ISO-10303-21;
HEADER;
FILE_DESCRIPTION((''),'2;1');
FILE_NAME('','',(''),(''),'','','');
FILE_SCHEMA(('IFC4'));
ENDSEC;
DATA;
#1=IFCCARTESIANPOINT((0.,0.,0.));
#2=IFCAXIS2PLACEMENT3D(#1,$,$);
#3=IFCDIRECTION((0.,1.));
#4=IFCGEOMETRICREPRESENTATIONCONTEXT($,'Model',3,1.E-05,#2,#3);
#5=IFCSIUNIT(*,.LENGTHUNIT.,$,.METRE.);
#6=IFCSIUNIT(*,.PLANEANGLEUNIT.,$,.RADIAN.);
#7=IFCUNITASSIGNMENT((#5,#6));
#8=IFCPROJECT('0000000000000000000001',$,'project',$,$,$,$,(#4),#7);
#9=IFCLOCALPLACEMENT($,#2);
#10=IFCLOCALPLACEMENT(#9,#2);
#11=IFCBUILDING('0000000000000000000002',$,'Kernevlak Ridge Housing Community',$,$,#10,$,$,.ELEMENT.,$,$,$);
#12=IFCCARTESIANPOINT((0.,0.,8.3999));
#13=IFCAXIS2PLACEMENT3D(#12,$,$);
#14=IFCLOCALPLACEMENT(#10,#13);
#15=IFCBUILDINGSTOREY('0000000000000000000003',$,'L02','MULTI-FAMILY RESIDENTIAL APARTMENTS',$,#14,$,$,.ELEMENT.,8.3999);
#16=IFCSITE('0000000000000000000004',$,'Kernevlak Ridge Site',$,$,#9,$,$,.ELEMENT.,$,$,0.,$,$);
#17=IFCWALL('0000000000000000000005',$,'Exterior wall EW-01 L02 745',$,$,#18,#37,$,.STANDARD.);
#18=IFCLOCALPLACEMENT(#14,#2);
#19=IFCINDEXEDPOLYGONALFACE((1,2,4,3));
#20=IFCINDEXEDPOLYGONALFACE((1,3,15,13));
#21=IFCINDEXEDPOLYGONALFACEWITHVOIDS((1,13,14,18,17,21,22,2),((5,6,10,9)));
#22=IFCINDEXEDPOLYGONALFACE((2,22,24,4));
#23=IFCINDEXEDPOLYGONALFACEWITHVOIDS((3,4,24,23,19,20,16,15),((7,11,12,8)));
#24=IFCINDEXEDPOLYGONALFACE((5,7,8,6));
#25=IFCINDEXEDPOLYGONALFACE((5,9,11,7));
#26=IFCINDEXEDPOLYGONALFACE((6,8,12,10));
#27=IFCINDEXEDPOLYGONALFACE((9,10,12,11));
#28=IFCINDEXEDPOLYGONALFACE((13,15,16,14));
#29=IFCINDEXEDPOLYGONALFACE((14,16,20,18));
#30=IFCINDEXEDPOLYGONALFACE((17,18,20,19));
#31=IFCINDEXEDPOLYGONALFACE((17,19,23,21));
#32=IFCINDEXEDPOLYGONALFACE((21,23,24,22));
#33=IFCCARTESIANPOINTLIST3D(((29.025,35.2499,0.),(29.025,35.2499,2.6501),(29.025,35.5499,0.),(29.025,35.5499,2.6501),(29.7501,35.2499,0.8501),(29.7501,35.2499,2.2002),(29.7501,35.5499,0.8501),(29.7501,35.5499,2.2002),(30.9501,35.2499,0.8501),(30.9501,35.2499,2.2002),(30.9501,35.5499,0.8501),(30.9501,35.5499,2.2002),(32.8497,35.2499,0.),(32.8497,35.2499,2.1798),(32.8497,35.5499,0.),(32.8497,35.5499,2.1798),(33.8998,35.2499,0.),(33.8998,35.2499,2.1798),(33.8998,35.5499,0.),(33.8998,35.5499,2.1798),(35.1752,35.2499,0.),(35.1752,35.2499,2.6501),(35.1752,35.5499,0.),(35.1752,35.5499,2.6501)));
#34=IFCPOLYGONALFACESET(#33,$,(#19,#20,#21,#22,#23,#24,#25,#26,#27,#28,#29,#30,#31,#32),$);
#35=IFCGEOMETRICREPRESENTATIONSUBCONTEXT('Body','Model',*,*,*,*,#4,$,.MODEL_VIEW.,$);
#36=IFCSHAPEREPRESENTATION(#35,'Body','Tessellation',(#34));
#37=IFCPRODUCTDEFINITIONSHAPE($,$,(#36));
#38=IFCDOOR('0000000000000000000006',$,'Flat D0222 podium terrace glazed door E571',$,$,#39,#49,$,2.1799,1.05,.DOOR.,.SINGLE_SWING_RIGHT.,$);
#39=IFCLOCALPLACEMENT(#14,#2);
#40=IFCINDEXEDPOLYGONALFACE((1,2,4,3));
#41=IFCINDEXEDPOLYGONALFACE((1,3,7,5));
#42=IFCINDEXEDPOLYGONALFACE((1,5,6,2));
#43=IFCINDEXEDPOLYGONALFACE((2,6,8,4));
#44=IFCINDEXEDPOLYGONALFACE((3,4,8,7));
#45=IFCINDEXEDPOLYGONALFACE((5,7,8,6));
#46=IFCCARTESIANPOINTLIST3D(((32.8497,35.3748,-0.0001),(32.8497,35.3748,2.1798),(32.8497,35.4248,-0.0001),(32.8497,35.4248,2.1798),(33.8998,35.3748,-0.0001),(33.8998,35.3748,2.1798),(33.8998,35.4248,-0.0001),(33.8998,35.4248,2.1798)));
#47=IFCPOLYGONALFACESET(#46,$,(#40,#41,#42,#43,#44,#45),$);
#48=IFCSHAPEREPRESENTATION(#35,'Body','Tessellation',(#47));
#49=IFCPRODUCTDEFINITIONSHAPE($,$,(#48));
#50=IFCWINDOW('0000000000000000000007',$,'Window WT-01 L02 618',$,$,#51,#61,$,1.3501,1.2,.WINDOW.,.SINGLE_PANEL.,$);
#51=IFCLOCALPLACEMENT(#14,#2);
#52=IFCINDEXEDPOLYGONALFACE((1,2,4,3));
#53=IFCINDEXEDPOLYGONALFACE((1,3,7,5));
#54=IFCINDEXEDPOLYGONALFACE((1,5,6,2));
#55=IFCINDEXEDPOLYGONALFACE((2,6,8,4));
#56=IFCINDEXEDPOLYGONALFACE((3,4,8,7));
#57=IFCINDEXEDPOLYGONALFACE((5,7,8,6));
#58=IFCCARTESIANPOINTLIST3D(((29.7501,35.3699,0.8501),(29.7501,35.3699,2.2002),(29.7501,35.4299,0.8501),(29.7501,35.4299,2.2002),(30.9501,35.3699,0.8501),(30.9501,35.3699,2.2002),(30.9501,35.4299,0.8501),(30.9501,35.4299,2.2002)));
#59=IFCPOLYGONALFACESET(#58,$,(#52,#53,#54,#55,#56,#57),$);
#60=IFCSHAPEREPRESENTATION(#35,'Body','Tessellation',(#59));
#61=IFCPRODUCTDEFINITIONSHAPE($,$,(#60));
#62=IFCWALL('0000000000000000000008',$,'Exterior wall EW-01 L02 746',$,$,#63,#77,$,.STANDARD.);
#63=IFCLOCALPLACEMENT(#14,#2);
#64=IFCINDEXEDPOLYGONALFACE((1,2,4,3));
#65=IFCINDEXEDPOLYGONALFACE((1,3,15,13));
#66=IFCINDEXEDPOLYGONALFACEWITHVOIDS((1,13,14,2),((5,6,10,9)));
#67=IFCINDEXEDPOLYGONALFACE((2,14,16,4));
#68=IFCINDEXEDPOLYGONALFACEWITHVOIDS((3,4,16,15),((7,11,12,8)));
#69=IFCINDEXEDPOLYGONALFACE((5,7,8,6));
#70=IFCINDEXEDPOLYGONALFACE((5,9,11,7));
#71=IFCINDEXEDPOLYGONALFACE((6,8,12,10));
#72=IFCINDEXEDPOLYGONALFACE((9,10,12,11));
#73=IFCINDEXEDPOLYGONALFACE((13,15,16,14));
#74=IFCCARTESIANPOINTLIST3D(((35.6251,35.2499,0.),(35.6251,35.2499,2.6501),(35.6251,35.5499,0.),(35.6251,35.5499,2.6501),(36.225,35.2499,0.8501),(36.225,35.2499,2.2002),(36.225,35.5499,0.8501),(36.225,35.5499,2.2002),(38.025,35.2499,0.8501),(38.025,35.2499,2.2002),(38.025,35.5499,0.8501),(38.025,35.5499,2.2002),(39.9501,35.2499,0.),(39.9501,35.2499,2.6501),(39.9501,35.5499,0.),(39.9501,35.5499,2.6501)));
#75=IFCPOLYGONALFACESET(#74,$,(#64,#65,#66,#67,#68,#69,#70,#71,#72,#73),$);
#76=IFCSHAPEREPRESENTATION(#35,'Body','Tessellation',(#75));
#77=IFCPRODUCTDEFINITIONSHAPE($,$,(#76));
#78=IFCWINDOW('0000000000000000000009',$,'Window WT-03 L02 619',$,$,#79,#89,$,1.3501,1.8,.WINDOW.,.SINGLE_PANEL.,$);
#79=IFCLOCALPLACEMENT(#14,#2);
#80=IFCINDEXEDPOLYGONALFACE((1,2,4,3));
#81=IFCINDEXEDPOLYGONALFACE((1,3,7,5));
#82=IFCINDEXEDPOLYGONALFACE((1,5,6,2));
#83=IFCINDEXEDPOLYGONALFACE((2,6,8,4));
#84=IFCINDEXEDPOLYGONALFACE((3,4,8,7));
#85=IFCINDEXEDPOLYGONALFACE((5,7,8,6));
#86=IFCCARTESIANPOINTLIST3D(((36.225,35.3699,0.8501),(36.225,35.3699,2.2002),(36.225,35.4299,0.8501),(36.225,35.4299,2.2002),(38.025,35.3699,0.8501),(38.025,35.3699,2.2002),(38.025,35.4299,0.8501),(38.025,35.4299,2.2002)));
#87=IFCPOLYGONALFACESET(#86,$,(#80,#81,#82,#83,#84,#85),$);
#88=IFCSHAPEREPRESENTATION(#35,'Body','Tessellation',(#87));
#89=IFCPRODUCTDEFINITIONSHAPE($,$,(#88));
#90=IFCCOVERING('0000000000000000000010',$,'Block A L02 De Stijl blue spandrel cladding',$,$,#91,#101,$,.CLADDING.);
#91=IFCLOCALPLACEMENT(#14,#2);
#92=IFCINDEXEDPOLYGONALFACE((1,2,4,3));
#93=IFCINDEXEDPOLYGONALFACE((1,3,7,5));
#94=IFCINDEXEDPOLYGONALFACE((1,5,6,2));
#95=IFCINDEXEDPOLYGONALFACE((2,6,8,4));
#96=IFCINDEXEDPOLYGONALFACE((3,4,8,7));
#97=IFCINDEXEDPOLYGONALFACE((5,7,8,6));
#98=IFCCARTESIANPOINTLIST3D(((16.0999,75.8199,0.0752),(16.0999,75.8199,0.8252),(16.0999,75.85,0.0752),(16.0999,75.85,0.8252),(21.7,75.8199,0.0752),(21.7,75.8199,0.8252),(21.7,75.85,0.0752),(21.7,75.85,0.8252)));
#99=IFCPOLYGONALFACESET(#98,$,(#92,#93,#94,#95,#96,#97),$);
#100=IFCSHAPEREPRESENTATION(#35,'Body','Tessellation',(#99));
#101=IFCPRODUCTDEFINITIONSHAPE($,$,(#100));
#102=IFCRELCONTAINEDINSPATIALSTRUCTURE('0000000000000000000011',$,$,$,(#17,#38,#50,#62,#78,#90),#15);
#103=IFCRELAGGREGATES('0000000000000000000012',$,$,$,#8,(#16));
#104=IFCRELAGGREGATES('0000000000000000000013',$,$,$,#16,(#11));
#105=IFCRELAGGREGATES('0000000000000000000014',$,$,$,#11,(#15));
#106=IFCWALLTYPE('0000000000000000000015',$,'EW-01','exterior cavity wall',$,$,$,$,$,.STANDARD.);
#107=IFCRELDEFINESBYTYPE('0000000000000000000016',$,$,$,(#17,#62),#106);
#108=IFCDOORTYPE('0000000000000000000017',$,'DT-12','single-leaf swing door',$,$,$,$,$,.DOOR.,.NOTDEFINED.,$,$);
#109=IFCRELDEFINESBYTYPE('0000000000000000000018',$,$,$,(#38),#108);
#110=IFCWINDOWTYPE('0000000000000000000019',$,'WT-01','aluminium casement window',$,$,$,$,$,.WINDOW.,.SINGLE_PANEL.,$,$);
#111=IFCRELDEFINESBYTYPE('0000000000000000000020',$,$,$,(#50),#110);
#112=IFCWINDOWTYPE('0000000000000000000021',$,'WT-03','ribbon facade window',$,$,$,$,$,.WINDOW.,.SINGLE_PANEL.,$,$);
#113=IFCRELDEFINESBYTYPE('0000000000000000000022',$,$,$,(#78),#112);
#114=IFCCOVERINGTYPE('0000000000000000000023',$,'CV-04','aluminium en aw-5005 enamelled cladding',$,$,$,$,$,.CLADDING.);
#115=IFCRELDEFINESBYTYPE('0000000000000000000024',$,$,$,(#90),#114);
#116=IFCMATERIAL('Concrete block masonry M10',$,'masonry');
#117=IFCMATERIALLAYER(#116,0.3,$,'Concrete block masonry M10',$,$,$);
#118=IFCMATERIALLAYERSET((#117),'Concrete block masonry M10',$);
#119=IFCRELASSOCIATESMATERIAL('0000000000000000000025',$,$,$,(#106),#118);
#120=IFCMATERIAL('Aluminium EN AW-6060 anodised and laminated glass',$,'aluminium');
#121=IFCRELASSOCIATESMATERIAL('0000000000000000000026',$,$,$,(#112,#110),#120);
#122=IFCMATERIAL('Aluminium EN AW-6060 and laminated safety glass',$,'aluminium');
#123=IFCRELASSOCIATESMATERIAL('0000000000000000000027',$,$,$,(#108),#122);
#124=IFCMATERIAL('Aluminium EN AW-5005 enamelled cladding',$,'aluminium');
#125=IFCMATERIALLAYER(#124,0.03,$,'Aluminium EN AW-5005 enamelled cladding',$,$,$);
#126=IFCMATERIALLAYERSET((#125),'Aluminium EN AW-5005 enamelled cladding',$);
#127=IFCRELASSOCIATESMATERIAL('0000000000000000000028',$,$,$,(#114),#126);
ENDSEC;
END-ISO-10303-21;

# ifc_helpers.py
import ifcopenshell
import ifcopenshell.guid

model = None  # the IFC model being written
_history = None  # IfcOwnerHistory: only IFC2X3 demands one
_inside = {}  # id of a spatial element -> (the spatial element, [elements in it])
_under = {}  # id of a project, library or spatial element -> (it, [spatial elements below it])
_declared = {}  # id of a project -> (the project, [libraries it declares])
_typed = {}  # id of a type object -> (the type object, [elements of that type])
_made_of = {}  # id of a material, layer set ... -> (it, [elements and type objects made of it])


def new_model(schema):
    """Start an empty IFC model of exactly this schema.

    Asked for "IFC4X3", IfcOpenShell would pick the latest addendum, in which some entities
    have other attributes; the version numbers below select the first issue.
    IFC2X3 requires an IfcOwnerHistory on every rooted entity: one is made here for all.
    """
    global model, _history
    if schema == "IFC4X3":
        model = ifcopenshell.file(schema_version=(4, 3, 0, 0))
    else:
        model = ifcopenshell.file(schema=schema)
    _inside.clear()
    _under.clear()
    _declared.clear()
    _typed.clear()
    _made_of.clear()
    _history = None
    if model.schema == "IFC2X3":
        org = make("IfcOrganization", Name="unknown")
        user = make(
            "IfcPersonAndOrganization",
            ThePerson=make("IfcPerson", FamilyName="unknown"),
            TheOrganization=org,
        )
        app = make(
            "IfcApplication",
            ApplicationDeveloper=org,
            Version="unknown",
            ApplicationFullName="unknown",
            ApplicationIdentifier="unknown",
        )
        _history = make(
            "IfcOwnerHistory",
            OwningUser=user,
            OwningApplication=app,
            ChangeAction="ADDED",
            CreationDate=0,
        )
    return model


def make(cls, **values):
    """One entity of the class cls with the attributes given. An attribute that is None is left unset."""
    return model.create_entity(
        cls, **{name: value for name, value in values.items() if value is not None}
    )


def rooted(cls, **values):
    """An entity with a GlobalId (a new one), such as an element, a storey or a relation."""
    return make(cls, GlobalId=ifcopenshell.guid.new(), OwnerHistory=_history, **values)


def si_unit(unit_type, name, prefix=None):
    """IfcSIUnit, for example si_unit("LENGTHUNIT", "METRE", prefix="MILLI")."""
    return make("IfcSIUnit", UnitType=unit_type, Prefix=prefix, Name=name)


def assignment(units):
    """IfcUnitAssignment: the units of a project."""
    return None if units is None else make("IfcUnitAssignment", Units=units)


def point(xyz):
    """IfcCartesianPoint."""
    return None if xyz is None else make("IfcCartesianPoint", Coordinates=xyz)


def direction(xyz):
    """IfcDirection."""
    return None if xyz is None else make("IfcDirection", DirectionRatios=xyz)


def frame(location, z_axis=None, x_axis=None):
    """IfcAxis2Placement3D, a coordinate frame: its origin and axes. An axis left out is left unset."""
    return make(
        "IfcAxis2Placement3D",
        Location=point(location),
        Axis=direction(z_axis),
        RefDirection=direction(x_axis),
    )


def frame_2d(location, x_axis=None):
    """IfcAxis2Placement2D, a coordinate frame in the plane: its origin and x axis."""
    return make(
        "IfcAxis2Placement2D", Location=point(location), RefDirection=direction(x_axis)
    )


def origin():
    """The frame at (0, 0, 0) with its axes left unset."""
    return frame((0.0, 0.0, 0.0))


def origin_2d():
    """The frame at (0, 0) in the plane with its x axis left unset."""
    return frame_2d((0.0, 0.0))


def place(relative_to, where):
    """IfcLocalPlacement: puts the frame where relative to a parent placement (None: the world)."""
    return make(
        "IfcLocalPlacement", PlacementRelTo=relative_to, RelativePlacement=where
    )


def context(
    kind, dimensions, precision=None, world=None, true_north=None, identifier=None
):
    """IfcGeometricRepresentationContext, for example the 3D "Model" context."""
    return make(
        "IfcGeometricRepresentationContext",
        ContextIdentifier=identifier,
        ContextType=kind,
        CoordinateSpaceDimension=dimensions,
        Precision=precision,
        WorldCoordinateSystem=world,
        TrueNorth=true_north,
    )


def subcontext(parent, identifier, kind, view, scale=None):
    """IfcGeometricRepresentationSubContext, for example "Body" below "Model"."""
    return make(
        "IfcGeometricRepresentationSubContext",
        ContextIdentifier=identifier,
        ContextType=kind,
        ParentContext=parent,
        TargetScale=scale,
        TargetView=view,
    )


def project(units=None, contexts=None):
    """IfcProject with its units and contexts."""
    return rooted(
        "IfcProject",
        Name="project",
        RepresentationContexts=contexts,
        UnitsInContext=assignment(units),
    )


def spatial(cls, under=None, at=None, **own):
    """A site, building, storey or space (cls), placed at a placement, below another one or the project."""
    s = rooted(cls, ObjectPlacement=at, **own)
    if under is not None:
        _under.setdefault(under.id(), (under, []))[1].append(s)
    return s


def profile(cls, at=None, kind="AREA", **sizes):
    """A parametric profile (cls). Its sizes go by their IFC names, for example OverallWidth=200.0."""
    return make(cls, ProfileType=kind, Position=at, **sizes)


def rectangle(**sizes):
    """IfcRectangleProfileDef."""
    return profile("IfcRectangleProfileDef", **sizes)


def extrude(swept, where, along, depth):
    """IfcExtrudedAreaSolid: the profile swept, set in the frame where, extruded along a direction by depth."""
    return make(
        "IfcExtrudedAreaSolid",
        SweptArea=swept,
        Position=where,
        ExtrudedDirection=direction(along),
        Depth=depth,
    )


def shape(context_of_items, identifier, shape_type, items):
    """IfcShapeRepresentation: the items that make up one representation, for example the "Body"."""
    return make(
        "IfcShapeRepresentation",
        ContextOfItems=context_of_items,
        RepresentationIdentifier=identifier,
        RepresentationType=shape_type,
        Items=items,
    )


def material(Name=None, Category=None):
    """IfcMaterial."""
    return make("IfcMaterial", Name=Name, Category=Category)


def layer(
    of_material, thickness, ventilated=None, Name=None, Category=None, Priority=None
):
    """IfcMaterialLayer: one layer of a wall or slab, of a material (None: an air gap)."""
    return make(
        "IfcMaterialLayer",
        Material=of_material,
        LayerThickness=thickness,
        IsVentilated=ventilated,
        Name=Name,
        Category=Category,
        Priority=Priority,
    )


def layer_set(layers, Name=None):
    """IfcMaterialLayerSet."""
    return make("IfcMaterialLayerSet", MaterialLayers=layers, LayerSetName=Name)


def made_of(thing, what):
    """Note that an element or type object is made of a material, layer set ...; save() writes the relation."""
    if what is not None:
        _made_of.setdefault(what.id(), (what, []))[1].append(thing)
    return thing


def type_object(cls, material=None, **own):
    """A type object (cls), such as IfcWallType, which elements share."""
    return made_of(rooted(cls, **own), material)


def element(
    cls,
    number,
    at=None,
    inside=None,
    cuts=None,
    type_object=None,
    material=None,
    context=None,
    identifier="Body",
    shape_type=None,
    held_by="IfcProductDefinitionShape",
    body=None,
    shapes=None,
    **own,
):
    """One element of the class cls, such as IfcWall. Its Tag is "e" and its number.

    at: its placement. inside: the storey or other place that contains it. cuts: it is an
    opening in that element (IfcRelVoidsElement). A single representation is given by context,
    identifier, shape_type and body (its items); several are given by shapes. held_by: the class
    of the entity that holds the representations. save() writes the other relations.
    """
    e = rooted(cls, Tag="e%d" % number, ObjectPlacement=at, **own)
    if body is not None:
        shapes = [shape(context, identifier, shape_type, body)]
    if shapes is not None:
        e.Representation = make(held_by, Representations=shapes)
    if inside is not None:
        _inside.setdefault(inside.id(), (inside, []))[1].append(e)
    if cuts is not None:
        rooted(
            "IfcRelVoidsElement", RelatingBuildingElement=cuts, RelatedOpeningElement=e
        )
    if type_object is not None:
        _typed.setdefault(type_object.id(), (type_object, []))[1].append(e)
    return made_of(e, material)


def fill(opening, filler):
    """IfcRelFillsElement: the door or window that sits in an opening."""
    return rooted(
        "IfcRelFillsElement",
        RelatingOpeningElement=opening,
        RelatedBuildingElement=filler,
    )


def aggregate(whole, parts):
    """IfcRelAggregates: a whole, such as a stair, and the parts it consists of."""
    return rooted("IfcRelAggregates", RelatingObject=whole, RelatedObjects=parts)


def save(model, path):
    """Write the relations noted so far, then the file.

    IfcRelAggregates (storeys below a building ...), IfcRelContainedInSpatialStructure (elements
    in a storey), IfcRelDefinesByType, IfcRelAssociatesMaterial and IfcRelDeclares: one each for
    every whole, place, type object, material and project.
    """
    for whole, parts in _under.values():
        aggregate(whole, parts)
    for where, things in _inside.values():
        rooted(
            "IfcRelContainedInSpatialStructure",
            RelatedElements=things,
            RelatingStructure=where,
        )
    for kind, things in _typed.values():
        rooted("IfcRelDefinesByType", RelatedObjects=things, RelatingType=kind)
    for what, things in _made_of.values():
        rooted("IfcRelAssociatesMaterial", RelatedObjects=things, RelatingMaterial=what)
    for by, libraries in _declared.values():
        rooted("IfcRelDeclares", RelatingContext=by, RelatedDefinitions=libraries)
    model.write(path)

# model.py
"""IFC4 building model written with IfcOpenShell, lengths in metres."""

from ifc_helpers import new_model, si_unit, direction, frame, frame_2d, origin, origin_2d, place, context, subcontext, project, spatial, rectangle, extrude, material, layer, layer_set, type_object, element, fill, save


model = new_model("IFC4")

# Units and contexts
model_context = context("Model", 3, precision=1e-05, world=origin(), true_north=direction((0.0, 1.0)))
body_context = subcontext(model_context, "Body", "Model", "MODEL_VIEW")
ifc_project = project(units=[si_unit("LENGTHUNIT", "METRE"), si_unit("PLANEANGLEUNIT", "RADIAN")], contexts=[model_context])

# Site, building, storey
site_placement = place(None, origin())
site = spatial("IfcSite", under=ifc_project, at=site_placement, Name="Kernevlak Ridge Site", CompositionType="ELEMENT", RefElevation=0.0)
building_placement = place(site_placement, origin())
building = spatial("IfcBuilding", under=site, at=building_placement, Name="Kernevlak Ridge Housing Community", CompositionType="ELEMENT")
storey_placement = place(building_placement, frame((0.0, 0.0, 8.3999)))
storey = spatial("IfcBuildingStorey", under=building, at=storey_placement, Name="L02", Description="MULTI-FAMILY RESIDENTIAL APARTMENTS", CompositionType="ELEMENT", Elevation=8.3999)

# Shared definitions
ifc_material_1 = material(Name="Concrete block masonry M10", Category="masonry")
ifc_layer_1 = layer(ifc_material_1, 0.3, Name="Concrete block masonry M10")
ifc_layer_set_1 = layer_set([ifc_layer_1], Name="Concrete block masonry M10")
wall_type = type_object("IfcWallType", Name="EW-01", Description="exterior cavity wall", PredefinedType="STANDARD", material=ifc_layer_set_1)
ifc_material_2 = material(Name="Aluminium EN AW-6060 anodised and laminated glass", Category="aluminium")
window_type_1 = type_object("IfcWindowType", Name="WT-03", Description="ribbon facade window", PartitioningType="SINGLE_PANEL", PredefinedType="WINDOW", material=ifc_material_2)

# Wall, openings, door, window
wall_1_placement = place(storey_placement, frame((29.0249, 35.3999, 0.0), z_axis=(0.0, 0.0, 1.0), x_axis=(1.0, 0.0, 0.0)))
wall_1 = element("IfcWall", 1, at=wall_1_placement, inside=storey, type_object=wall_type, Name="Exterior wall EW-01 L02 745", PredefinedType="STANDARD", context=body_context, shape_type="SweptSolid", body=[
    extrude(rectangle(XDim=6.1501, YDim=0.3, at=frame_2d((3.0752, 0.0))), origin(), (0.0, 0.0, 1.0), 2.6501),
])
opening_1_placement = place(wall_1_placement, frame((0.7251, 0.0, 0.8501)))
opening_1 = element("IfcOpeningElement", 2, at=opening_1_placement, cuts=wall_1, PredefinedType="OPENING", context=body_context, shape_type="SweptSolid", body=[
    extrude(rectangle(XDim=1.2, YDim=1.3501, at=frame_2d((0.6001, 0.675))), frame((0.0, 0.1599, 0.0), z_axis=(0.0, -1.0, 0.0), x_axis=(1.0, 0.0, 0.0)), (0.0, 0.0, 1.0), 0.3201),
])
opening_2_placement = place(wall_1_placement, frame((3.825, 0.0, 0.0)))
opening_2 = element("IfcOpeningElement", 3, at=opening_2_placement, cuts=wall_1, PredefinedType="OPENING", context=body_context, shape_type="SweptSolid", body=[
    extrude(rectangle(XDim=1.05, YDim=2.1799, at=frame_2d((0.5249, 1.0898))), frame((0.0, 0.1599, 0.0), z_axis=(0.0, -1.0, 0.0), x_axis=(1.0, 0.0, 0.0)), (0.0, 0.0, 1.0), 0.3201),
])
ifc_material_3 = material(Name="Aluminium EN AW-6060 and laminated safety glass", Category="aluminium")
door_type = type_object("IfcDoorType", Name="DT-12", Description="single-leaf swing door", OperationType="NOTDEFINED", PredefinedType="DOOR", material=ifc_material_3)
door_placement = place(opening_2_placement, origin())
door = element("IfcDoor", 4, at=door_placement, inside=storey, type_object=door_type, Name="Flat D0222 podium terrace glazed door E571", OperationType="SINGLE_SWING_RIGHT", OverallHeight=2.1799, OverallWidth=1.05, PredefinedType="DOOR", context=body_context, shape_type="SweptSolid", body=[
    extrude(rectangle(XDim=1.05, YDim=2.1799, at=frame_2d((0.5249, 1.0898))), frame((0.0, 0.0249, 0.0), z_axis=(0.0, -1.0, 0.0), x_axis=(1.0, 0.0, 0.0)), (0.0, 0.0, 1.0), 0.05),
])
fill(opening_2, door)
window_type_2 = type_object("IfcWindowType", Name="WT-01", Description="aluminium casement window", PartitioningType="SINGLE_PANEL", PredefinedType="WINDOW", material=ifc_material_2)
window_1_placement = place(opening_1_placement, origin())
window_1 = element("IfcWindow", 5, at=window_1_placement, inside=storey, type_object=window_type_2, Name="Window WT-01 L02 618", OverallHeight=1.3501, OverallWidth=1.2, PartitioningType="SINGLE_PANEL", PredefinedType="WINDOW", context=body_context, shape_type="SweptSolid", body=[
    extrude(rectangle(XDim=1.2, YDim=1.3501, at=frame_2d((0.6001, 0.675))), frame((0.0, 0.03, 0.0), z_axis=(0.0, -1.0, 0.0), x_axis=(1.0, 0.0, 0.0)), (0.0, 0.0, 1.0), 0.0601),
])
fill(opening_1, window_1)

# Wall, opening, window
wall_2_placement = place(storey_placement, frame((35.625, 35.3999, 0.0), z_axis=(0.0, 0.0, 1.0), x_axis=(1.0, 0.0, 0.0)))
wall_2 = element("IfcWall", 6, at=wall_2_placement, inside=storey, type_object=wall_type, Name="Exterior wall EW-01 L02 746", PredefinedType="STANDARD", context=body_context, shape_type="SweptSolid", body=[
    extrude(rectangle(XDim=4.325, YDim=0.3, at=frame_2d((2.1626, 0.0))), origin(), (0.0, 0.0, 1.0), 2.6501),
])
opening_3_placement = place(wall_2_placement, frame((0.6001, 0.0, 0.8501)))
opening_3 = element("IfcOpeningElement", 7, at=opening_3_placement, cuts=wall_2, PredefinedType="OPENING", context=body_context, shape_type="SweptSolid", body=[
    extrude(rectangle(XDim=1.8, YDim=1.3501, at=frame_2d((0.8999, 0.675))), frame((0.0, 0.1599, 0.0), z_axis=(0.0, -1.0, 0.0), x_axis=(1.0, 0.0, 0.0)), (0.0, 0.0, 1.0), 0.3201),
])
window_2_placement = place(opening_3_placement, origin())
window_2 = element("IfcWindow", 8, at=window_2_placement, inside=storey, type_object=window_type_1, Name="Window WT-03 L02 619", OverallHeight=1.3501, OverallWidth=1.8, PartitioningType="SINGLE_PANEL", PredefinedType="WINDOW", context=body_context, shape_type="SweptSolid", body=[
    extrude(rectangle(XDim=1.8, YDim=1.3501, at=frame_2d((0.8999, 0.675))), frame((0.0, 0.03, 0.0), z_axis=(0.0, -1.0, 0.0), x_axis=(1.0, 0.0, 0.0)), (0.0, 0.0, 1.0), 0.0601),
])
fill(opening_3, window_2)

# Covering
ifc_material_4 = material(Name="Aluminium EN AW-5005 enamelled cladding", Category="aluminium")
ifc_layer_2 = layer(ifc_material_4, 0.03, Name="Aluminium EN AW-5005 enamelled cladding")
ifc_layer_set_2 = layer_set([ifc_layer_2], Name="Aluminium EN AW-5005 enamelled cladding")
covering_type = type_object("IfcCoveringType", Name="CV-04", Description="aluminium en aw-5005 enamelled cladding", PredefinedType="CLADDING", material=ifc_layer_set_2)
covering_placement = place(storey_placement, frame((18.8999, 75.835, 0.0752), z_axis=(0.0, 0.0, 1.0), x_axis=(1.0, 0.0, 0.0)))
element("IfcCovering", 9, at=covering_placement, inside=storey, type_object=covering_type, Name="Block A L02 De Stijl blue spandrel cladding", PredefinedType="CLADDING", context=body_context, shape_type="SweptSolid", body=[
    extrude(rectangle(XDim=5.6001, YDim=0.03, at=origin_2d()), origin(), (0.0, 0.0, 1.0), 0.75),
])

save(model, "model.ifc")
